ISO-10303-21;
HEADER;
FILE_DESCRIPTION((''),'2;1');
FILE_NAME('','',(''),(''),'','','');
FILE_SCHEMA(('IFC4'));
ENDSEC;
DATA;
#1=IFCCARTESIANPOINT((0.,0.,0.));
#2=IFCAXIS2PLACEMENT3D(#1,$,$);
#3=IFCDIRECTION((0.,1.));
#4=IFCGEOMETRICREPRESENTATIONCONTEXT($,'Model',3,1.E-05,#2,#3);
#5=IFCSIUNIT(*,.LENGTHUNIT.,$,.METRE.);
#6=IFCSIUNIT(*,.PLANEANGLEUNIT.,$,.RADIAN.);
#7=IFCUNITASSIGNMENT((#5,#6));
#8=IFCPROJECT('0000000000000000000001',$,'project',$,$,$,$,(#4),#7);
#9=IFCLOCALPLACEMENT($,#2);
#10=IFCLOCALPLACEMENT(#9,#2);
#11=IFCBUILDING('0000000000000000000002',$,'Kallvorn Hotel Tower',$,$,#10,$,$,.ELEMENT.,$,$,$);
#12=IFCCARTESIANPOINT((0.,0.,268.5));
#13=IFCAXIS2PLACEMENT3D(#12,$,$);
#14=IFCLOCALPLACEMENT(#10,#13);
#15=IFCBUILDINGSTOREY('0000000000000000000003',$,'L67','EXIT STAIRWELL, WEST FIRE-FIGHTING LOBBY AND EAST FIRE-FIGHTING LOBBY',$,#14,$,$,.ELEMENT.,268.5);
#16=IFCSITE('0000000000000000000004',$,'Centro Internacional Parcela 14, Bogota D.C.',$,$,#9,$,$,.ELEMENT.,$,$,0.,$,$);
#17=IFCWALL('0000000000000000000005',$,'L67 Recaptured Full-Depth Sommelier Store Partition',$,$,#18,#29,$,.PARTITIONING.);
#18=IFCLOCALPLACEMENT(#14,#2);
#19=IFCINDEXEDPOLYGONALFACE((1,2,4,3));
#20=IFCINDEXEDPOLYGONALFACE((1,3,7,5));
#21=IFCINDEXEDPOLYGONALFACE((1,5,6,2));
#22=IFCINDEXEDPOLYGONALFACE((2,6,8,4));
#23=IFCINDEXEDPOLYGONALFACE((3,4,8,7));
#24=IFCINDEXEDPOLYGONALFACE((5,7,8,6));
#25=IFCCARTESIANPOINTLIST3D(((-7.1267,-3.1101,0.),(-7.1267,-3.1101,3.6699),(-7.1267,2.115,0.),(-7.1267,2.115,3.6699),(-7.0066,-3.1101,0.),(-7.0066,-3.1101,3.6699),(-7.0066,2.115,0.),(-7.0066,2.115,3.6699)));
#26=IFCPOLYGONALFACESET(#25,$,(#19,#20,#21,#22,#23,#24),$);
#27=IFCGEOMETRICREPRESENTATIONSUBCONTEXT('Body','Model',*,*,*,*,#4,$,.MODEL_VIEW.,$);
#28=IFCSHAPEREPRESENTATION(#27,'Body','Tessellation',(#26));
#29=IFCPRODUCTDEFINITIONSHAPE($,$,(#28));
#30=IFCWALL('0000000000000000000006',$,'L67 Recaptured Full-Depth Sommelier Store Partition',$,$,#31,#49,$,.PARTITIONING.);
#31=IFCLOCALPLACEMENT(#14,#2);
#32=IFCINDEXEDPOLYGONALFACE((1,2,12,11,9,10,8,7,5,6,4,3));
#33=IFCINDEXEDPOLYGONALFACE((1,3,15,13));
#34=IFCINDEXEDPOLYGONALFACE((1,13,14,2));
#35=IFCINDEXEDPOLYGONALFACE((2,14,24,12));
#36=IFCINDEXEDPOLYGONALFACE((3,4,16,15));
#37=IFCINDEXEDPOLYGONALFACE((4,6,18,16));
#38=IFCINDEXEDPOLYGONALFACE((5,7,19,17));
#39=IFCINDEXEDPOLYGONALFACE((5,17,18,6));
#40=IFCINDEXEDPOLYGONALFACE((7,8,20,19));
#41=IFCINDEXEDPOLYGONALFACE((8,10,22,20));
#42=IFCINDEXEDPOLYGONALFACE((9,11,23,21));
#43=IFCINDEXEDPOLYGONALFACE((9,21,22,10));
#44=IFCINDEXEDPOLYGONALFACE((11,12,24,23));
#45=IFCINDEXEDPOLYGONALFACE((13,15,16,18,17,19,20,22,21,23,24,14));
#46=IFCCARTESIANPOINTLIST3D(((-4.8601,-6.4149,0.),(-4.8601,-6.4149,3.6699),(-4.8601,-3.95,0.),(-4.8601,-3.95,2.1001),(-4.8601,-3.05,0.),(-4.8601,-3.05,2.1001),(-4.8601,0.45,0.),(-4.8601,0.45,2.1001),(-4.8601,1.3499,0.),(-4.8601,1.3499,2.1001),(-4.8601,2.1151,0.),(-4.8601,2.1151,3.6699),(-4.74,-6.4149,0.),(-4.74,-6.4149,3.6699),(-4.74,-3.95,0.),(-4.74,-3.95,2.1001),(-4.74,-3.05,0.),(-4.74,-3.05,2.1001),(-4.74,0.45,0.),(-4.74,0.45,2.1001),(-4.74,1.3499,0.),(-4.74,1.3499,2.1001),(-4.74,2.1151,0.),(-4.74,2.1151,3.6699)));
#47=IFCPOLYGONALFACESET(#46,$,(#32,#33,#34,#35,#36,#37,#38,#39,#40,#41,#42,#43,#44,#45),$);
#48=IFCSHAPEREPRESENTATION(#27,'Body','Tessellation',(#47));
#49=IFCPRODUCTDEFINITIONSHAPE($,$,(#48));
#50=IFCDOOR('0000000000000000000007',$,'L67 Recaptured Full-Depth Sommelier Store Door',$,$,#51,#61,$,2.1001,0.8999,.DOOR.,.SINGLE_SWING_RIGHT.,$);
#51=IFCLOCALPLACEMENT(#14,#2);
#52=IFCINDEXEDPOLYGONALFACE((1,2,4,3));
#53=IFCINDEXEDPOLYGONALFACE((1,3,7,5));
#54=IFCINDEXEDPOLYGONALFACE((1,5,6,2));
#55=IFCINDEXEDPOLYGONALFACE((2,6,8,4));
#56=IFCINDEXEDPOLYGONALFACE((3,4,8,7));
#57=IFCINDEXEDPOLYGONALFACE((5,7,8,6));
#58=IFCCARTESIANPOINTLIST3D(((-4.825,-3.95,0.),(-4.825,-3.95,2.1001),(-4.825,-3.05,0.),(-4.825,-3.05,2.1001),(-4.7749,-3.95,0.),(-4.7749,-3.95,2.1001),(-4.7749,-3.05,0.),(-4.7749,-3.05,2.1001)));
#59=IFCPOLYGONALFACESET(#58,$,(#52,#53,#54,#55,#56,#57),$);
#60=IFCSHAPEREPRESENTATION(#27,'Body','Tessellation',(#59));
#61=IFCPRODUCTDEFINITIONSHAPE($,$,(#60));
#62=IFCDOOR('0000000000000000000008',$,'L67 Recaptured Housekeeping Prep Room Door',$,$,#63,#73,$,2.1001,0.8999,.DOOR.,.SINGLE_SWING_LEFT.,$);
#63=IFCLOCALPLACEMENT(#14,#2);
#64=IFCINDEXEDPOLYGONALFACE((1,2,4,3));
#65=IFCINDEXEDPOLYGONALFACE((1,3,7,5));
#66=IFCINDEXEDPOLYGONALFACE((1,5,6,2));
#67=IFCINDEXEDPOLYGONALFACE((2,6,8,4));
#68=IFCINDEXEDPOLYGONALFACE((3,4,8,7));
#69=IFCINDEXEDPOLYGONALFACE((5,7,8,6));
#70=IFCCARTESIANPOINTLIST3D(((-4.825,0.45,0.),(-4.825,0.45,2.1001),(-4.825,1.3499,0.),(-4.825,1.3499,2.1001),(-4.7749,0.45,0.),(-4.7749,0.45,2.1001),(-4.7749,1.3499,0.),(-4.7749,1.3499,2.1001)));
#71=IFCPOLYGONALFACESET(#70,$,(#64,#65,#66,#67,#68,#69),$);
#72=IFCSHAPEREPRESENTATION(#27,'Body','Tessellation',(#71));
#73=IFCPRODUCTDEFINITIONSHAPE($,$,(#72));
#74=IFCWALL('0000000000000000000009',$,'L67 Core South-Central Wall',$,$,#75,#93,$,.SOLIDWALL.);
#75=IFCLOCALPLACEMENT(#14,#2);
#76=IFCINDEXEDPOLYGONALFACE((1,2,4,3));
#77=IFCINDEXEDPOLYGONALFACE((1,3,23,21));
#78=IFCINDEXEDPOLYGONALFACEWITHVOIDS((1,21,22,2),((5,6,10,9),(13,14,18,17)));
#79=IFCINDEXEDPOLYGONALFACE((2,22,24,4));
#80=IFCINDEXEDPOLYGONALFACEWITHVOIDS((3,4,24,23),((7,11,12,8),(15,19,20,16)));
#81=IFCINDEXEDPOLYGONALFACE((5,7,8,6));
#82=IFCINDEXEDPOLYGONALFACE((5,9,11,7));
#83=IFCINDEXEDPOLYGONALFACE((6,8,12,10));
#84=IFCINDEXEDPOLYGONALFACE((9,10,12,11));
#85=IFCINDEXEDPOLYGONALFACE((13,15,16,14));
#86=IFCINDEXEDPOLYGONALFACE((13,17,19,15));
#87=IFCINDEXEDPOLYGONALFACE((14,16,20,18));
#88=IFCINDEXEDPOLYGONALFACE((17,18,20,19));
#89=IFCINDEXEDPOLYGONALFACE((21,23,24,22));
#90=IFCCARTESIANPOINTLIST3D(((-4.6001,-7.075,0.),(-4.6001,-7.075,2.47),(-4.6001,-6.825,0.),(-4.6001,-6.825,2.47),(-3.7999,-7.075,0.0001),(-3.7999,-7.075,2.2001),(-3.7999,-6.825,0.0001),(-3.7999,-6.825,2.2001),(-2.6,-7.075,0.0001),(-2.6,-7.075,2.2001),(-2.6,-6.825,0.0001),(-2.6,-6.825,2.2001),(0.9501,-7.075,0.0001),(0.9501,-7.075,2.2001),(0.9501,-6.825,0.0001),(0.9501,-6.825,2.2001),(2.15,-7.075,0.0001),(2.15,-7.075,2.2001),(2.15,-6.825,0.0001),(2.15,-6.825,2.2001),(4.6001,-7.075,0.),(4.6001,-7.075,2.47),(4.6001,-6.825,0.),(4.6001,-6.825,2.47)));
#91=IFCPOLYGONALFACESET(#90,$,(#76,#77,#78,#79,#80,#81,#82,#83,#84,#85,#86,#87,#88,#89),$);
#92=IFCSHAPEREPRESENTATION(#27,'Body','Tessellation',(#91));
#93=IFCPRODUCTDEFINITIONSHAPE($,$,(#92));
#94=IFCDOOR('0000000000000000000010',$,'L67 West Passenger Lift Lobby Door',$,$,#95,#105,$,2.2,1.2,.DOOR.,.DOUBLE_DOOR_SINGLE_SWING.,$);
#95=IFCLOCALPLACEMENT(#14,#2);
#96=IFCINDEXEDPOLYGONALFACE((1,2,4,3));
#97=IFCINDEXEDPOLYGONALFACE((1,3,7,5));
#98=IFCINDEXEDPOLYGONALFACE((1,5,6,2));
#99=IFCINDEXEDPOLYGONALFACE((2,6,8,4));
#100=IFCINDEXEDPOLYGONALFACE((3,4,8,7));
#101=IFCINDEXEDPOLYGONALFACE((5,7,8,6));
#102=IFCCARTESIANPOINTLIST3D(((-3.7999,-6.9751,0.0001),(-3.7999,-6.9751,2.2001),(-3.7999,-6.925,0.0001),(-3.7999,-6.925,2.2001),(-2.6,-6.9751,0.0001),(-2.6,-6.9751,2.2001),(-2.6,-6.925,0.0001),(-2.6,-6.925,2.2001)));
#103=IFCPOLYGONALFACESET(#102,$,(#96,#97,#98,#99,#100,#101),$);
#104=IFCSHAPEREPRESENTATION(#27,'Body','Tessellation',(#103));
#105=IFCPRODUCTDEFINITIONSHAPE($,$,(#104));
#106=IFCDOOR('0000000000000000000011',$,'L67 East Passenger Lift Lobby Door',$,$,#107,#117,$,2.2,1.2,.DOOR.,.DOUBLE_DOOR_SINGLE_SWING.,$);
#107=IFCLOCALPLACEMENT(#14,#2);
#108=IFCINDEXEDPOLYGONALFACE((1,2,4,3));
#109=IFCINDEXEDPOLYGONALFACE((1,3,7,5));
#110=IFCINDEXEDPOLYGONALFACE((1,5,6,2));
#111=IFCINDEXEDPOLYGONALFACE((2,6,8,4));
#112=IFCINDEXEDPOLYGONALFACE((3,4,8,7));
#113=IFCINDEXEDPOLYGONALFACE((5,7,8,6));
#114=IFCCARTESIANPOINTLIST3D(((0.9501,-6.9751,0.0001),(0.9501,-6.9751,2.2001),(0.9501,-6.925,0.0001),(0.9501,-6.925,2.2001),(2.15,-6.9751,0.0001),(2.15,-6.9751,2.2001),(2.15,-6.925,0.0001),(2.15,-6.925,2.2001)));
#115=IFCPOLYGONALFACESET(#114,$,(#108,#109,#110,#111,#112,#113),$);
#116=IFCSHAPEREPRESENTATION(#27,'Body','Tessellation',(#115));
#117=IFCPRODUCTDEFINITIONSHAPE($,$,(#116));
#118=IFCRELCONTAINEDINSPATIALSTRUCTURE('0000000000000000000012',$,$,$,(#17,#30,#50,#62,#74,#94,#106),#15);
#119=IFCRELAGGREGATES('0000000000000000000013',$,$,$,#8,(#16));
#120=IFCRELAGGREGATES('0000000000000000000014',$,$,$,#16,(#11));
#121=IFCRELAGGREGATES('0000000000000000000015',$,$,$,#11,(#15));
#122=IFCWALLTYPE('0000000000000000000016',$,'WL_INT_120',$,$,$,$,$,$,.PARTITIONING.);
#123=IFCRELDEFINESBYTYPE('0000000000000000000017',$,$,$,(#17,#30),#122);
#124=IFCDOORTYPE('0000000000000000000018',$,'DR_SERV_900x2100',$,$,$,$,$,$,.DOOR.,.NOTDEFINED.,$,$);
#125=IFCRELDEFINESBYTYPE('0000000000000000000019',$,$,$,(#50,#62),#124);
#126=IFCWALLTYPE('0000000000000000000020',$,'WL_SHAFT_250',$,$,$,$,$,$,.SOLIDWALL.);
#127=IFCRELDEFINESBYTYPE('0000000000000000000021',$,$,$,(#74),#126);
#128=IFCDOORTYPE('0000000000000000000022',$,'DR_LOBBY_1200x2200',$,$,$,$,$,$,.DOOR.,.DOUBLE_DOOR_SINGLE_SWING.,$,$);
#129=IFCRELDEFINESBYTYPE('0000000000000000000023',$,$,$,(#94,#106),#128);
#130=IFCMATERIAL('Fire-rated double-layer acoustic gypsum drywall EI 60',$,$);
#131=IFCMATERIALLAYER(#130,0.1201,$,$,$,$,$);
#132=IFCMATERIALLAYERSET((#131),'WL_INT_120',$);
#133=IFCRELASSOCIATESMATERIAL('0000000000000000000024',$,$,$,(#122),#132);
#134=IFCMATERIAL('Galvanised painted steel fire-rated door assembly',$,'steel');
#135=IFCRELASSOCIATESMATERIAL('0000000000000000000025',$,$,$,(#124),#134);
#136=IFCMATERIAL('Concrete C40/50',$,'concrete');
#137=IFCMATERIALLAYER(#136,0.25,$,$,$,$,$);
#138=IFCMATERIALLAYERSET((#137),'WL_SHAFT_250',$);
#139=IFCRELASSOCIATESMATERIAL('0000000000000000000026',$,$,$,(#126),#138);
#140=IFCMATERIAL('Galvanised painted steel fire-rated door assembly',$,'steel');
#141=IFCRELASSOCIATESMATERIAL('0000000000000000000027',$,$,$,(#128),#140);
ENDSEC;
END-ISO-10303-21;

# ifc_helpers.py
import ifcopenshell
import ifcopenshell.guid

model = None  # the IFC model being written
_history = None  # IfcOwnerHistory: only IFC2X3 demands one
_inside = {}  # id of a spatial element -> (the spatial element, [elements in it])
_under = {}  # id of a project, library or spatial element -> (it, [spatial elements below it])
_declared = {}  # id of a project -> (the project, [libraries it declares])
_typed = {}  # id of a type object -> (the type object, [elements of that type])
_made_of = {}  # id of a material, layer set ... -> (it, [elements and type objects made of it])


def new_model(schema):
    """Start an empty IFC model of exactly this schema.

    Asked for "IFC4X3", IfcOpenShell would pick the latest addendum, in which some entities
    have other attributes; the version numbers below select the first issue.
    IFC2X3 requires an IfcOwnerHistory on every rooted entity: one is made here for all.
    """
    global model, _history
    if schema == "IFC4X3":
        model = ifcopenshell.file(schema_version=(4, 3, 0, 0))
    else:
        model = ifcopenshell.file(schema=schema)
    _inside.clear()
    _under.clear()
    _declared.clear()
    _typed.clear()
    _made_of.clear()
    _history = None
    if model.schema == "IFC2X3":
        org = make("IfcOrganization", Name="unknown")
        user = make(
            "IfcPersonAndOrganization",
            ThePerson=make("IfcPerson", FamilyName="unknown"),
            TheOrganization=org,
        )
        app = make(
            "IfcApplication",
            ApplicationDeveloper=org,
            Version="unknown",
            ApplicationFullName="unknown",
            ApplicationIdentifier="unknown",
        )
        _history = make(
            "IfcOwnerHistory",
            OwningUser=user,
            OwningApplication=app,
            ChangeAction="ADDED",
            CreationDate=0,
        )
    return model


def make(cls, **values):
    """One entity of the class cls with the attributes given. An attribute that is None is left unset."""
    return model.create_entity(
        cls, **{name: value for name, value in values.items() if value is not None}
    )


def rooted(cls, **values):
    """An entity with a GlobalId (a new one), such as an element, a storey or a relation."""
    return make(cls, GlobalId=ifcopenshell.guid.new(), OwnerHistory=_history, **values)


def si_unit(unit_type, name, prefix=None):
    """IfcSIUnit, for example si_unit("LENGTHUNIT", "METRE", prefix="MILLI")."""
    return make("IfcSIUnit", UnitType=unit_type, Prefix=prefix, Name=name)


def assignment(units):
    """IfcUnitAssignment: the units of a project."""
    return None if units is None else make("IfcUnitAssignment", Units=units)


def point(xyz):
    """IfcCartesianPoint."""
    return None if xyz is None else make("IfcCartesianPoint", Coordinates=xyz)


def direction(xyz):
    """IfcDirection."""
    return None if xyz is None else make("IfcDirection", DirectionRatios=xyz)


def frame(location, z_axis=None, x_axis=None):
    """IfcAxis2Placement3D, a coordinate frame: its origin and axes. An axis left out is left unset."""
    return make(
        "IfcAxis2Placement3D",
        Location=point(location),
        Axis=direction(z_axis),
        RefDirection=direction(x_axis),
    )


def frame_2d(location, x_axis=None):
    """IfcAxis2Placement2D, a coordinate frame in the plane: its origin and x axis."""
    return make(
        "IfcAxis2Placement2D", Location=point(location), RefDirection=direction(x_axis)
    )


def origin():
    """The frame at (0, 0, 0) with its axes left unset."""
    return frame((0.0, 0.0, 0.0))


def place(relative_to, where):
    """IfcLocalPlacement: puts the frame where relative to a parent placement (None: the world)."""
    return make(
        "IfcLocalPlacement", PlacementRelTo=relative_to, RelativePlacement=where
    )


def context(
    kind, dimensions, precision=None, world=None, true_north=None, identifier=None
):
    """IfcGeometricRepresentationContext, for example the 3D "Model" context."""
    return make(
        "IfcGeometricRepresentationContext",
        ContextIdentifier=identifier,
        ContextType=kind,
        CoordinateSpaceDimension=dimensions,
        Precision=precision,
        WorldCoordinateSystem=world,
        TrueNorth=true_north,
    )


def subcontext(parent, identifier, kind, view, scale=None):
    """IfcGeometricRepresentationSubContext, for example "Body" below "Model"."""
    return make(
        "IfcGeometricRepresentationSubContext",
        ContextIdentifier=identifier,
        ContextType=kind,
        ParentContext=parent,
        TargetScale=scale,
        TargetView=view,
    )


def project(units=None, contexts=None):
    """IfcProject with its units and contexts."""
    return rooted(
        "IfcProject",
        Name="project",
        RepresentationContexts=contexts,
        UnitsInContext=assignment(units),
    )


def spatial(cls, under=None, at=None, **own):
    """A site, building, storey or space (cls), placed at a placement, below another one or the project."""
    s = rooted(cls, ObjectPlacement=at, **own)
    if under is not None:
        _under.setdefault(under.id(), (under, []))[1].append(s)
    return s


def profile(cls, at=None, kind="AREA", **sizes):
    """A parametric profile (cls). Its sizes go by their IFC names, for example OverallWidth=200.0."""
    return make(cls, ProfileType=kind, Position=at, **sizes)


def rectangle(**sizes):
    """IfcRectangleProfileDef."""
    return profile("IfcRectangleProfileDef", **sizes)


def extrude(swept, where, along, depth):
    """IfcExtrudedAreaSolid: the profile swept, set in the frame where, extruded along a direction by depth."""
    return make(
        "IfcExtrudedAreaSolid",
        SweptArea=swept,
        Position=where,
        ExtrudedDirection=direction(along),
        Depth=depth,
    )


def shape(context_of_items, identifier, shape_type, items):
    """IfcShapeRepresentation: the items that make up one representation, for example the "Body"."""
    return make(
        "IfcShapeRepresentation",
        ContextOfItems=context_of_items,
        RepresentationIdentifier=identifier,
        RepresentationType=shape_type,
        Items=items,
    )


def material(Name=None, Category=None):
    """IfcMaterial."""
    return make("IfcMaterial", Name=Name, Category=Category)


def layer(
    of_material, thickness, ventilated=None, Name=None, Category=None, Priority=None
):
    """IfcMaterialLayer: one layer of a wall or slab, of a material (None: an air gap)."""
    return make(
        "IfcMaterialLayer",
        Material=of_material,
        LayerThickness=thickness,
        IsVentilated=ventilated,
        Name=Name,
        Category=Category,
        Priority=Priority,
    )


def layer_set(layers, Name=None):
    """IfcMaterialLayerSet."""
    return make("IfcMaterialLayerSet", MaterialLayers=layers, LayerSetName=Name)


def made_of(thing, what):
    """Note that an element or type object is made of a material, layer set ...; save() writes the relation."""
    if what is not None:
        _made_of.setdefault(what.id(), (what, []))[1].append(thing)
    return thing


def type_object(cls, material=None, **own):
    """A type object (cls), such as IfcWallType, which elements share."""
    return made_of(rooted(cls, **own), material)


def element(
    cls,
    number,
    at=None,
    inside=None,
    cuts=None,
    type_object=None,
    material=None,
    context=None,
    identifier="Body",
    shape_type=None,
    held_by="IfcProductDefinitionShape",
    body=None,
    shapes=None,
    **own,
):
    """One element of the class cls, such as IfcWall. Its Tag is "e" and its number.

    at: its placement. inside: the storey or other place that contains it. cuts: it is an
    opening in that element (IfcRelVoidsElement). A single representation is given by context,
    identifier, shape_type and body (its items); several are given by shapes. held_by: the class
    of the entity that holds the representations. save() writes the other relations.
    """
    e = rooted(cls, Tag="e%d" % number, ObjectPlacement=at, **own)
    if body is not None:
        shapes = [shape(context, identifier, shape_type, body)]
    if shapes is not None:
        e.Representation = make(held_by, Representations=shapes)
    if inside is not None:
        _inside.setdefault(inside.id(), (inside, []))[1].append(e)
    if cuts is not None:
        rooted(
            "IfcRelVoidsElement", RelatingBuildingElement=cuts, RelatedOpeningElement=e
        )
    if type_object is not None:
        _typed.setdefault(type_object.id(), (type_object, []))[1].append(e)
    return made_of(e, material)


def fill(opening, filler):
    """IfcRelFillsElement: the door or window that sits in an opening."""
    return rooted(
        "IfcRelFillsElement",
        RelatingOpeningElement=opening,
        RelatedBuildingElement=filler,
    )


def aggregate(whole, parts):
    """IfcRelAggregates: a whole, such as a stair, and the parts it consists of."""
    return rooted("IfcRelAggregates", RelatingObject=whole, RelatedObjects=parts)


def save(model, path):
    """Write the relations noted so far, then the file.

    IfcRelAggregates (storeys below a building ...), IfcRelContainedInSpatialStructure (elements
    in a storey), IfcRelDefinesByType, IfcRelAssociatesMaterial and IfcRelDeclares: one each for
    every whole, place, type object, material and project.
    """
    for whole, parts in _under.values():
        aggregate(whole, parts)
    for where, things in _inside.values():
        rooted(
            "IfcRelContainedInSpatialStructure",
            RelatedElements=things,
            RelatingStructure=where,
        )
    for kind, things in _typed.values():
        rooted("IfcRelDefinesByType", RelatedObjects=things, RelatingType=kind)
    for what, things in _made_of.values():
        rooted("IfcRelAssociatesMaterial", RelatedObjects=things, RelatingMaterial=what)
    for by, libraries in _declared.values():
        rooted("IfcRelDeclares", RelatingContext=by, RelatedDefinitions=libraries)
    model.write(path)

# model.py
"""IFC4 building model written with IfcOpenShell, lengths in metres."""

from ifc_helpers import new_model, si_unit, direction, frame, frame_2d, origin, place, context, subcontext, project, spatial, rectangle, extrude, material, layer, layer_set, type_object, element, fill, save


model = new_model("IFC4")

# Units and contexts
model_context = context("Model", 3, precision=1e-05, world=origin(), true_north=direction((0.0, 1.0)))
body_context = subcontext(model_context, "Body", "Model", "MODEL_VIEW")
ifc_project = project(units=[si_unit("LENGTHUNIT", "METRE"), si_unit("PLANEANGLEUNIT", "RADIAN")], contexts=[model_context])

# Site, building, storey
site_placement = place(None, origin())
site = spatial("IfcSite", under=ifc_project, at=site_placement, Name="Centro Internacional Parcela 14, Bogota D.C.", CompositionType="ELEMENT", RefElevation=0.0)
building_placement = place(site_placement, origin())
building = spatial("IfcBuilding", under=site, at=building_placement, Name="Kallvorn Hotel Tower", CompositionType="ELEMENT")
storey_placement = place(building_placement, frame((0.0, 0.0, 268.5)))
storey = spatial("IfcBuildingStorey", under=building, at=storey_placement, Name="L67", Description="EXIT STAIRWELL, WEST FIRE-FIGHTING LOBBY AND EAST FIRE-FIGHTING LOBBY", CompositionType="ELEMENT", Elevation=268.5)

# Wall
ifc_material_1 = material(Name="Fire-rated double-layer acoustic gypsum drywall EI 60")
ifc_layer_1 = layer(ifc_material_1, 0.1201)
ifc_layer_set_1 = layer_set([ifc_layer_1], Name="WL_INT_120")
wall_type_1 = type_object("IfcWallType", Name="WL_INT_120", PredefinedType="PARTITIONING", material=ifc_layer_set_1)
wall_1_placement = place(storey_placement, frame((-7.0667, -3.1101, 0.0), z_axis=(0.0, 0.0, 1.0), x_axis=(0.0, 1.0, 0.0)))
element("IfcWall", 1, at=wall_1_placement, inside=storey, type_object=wall_type_1, Name="L67 Recaptured Full-Depth Sommelier Store Partition", PredefinedType="PARTITIONING", context=body_context, shape_type="SweptSolid", body=[
    extrude(rectangle(XDim=5.2251, YDim=0.1201, at=frame_2d((2.6125, 0.0))), origin(), (0.0, 0.0, 1.0), 3.6699),
])

# Walls, openings, doors
wall_2_placement = place(storey_placement, frame((-4.8, -6.415, 0.0), z_axis=(0.0, 0.0, 1.0), x_axis=(0.0, 1.0, 0.0)))
wall_2 = element("IfcWall", 2, at=wall_2_placement, inside=storey, type_object=wall_type_1, Name="L67 Recaptured Full-Depth Sommelier Store Partition", PredefinedType="PARTITIONING", context=body_context, shape_type="SweptSolid", body=[
    extrude(rectangle(XDim=8.53, YDim=0.1201, at=frame_2d((4.2651, 0.0))), origin(), (0.0, 0.0, 1.0), 3.6699),
])
opening_1_placement = place(wall_2_placement, frame((2.4651, 0.0, 0.0)))
opening_1 = element("IfcOpeningElement", 3, at=opening_1_placement, cuts=wall_2, PredefinedType="OPENING", context=body_context, shape_type="SweptSolid", body=[
    extrude(rectangle(XDim=0.8999, YDim=2.1001, at=frame_2d((0.45, 1.05))), frame((0.0, 0.075, 0.0), z_axis=(0.0, -1.0, 0.0), x_axis=(1.0, 0.0, 0.0)), (0.0, 0.0, 1.0), 0.1501),
])
opening_2_placement = place(wall_2_placement, frame((6.865, 0.0, 0.0)))
opening_2 = element("IfcOpeningElement", 4, at=opening_2_placement, cuts=wall_2, PredefinedType="OPENING", context=body_context, shape_type="SweptSolid", body=[
    extrude(rectangle(XDim=0.8999, YDim=2.1001, at=frame_2d((0.45, 1.05))), frame((0.0, 0.075, 0.0), z_axis=(0.0, -1.0, 0.0), x_axis=(1.0, 0.0, 0.0)), (0.0, 0.0, 1.0), 0.1501),
])
ifc_material_2 = material(Name="Galvanised painted steel fire-rated door assembly", Category="steel")
door_type_1 = type_object("IfcDoorType", Name="DR_SERV_900x2100", OperationType="NOTDEFINED", PredefinedType="DOOR", material=ifc_material_2)
door_1_placement = place(opening_1_placement, origin())
door_1 = element("IfcDoor", 5, at=door_1_placement, inside=storey, type_object=door_type_1, Name="L67 Recaptured Full-Depth Sommelier Store Door", OperationType="SINGLE_SWING_RIGHT", OverallHeight=2.1001, OverallWidth=0.8999, PredefinedType="DOOR", context=body_context, shape_type="SweptSolid", body=[
    extrude(rectangle(XDim=0.8999, YDim=2.1001, at=frame_2d((0.45, 1.05))), frame((0.0, 0.0249, 0.0), z_axis=(0.0, -1.0, 0.0), x_axis=(1.0, 0.0, 0.0)), (0.0, 0.0, 1.0), 0.05),
])
fill(opening_1, door_1)
door_2_placement = place(opening_2_placement, origin())
door_2 = element("IfcDoor", 6, at=door_2_placement, inside=storey, type_object=door_type_1, Name="L67 Recaptured Housekeeping Prep Room Door", OperationType="SINGLE_SWING_LEFT", OverallHeight=2.1001, OverallWidth=0.8999, PredefinedType="DOOR", context=body_context, shape_type="SweptSolid", body=[
    extrude(rectangle(XDim=0.8999, YDim=2.1001, at=frame_2d((0.45, 1.05))), frame((0.0, 0.0249, 0.0), z_axis=(0.0, -1.0, 0.0), x_axis=(1.0, 0.0, 0.0)), (0.0, 0.0, 1.0), 0.05),
])
fill(opening_2, door_2)
ifc_material_3 = material(Name="Concrete C40/50", Category="concrete")
ifc_layer_2 = layer(ifc_material_3, 0.25)
ifc_layer_set_2 = layer_set([ifc_layer_2], Name="WL_SHAFT_250")
wall_type_2 = type_object("IfcWallType", Name="WL_SHAFT_250", PredefinedType="SOLIDWALL", material=ifc_layer_set_2)
wall_3_placement = place(storey_placement, frame((-4.6001, -6.95, 0.0), z_axis=(0.0, 0.0, 1.0), x_axis=(1.0, 0.0, 0.0)))
wall_3 = element("IfcWall", 7, at=wall_3_placement, inside=storey, type_object=wall_type_2, Name="L67 Core South-Central Wall", PredefinedType="SOLIDWALL", context=body_context, shape_type="SweptSolid", body=[
    extrude(rectangle(XDim=9.2002, YDim=0.25, at=frame_2d((4.6001, 0.0))), origin(), (0.0, 0.0, 1.0), 2.47),
])
opening_3_placement = place(wall_3_placement, frame((0.8, 0.0, 0.0)))
opening_3 = element("IfcOpeningElement", 8, at=opening_3_placement, cuts=wall_3, PredefinedType="OPENING", context=body_context, shape_type="SweptSolid", body=[
    extrude(rectangle(XDim=1.2, YDim=2.2, at=frame_2d((0.6001, 1.1001))), frame((0.0, 0.1399, 0.0), z_axis=(0.0, -1.0, 0.0), x_axis=(1.0, 0.0, 0.0)), (0.0, 0.0, 1.0), 0.28),
])
opening_4_placement = place(wall_3_placement, frame((5.55, 0.0, 0.0)))
opening_4 = element("IfcOpeningElement", 9, at=opening_4_placement, cuts=wall_3, PredefinedType="OPENING", context=body_context, shape_type="SweptSolid", body=[
    extrude(rectangle(XDim=1.2, YDim=2.2, at=frame_2d((0.6001, 1.1001))), frame((0.0, 0.1399, 0.0), z_axis=(0.0, -1.0, 0.0), x_axis=(1.0, 0.0, 0.0)), (0.0, 0.0, 1.0), 0.28),
])
ifc_material_4 = material(Name="Galvanised painted steel fire-rated door assembly", Category="steel")
door_type_2 = type_object("IfcDoorType", Name="DR_LOBBY_1200x2200", OperationType="DOUBLE_DOOR_SINGLE_SWING", PredefinedType="DOOR", material=ifc_material_4)
door_3_placement = place(opening_3_placement, origin())
door_3 = element("IfcDoor", 10, at=door_3_placement, inside=storey, type_object=door_type_2, Name="L67 West Passenger Lift Lobby Door", OperationType="DOUBLE_DOOR_SINGLE_SWING", OverallHeight=2.2, OverallWidth=1.2, PredefinedType="DOOR", context=body_context, shape_type="SweptSolid", body=[
    extrude(rectangle(XDim=1.2, YDim=2.2, at=frame_2d((0.6001, 1.1001))), frame((0.0, 0.0249, 0.0), z_axis=(0.0, -1.0, 0.0), x_axis=(1.0, 0.0, 0.0)), (0.0, 0.0, 1.0), 0.05),
])
fill(opening_3, door_3)
door_4_placement = place(opening_4_placement, origin())
door_4 = element("IfcDoor", 11, at=door_4_placement, inside=storey, type_object=door_type_2, Name="L67 East Passenger Lift Lobby Door", OperationType="DOUBLE_DOOR_SINGLE_SWING", OverallHeight=2.2, OverallWidth=1.2, PredefinedType="DOOR", context=body_context, shape_type="SweptSolid", body=[
    extrude(rectangle(XDim=1.2, YDim=2.2, at=frame_2d((0.6001, 1.1001))), frame((0.0, 0.0249, 0.0), z_axis=(0.0, -1.0, 0.0), x_axis=(1.0, 0.0, 0.0)), (0.0, 0.0, 1.0), 0.05),
])
fill(opening_4, door_4)

save(model, "model.ifc")
